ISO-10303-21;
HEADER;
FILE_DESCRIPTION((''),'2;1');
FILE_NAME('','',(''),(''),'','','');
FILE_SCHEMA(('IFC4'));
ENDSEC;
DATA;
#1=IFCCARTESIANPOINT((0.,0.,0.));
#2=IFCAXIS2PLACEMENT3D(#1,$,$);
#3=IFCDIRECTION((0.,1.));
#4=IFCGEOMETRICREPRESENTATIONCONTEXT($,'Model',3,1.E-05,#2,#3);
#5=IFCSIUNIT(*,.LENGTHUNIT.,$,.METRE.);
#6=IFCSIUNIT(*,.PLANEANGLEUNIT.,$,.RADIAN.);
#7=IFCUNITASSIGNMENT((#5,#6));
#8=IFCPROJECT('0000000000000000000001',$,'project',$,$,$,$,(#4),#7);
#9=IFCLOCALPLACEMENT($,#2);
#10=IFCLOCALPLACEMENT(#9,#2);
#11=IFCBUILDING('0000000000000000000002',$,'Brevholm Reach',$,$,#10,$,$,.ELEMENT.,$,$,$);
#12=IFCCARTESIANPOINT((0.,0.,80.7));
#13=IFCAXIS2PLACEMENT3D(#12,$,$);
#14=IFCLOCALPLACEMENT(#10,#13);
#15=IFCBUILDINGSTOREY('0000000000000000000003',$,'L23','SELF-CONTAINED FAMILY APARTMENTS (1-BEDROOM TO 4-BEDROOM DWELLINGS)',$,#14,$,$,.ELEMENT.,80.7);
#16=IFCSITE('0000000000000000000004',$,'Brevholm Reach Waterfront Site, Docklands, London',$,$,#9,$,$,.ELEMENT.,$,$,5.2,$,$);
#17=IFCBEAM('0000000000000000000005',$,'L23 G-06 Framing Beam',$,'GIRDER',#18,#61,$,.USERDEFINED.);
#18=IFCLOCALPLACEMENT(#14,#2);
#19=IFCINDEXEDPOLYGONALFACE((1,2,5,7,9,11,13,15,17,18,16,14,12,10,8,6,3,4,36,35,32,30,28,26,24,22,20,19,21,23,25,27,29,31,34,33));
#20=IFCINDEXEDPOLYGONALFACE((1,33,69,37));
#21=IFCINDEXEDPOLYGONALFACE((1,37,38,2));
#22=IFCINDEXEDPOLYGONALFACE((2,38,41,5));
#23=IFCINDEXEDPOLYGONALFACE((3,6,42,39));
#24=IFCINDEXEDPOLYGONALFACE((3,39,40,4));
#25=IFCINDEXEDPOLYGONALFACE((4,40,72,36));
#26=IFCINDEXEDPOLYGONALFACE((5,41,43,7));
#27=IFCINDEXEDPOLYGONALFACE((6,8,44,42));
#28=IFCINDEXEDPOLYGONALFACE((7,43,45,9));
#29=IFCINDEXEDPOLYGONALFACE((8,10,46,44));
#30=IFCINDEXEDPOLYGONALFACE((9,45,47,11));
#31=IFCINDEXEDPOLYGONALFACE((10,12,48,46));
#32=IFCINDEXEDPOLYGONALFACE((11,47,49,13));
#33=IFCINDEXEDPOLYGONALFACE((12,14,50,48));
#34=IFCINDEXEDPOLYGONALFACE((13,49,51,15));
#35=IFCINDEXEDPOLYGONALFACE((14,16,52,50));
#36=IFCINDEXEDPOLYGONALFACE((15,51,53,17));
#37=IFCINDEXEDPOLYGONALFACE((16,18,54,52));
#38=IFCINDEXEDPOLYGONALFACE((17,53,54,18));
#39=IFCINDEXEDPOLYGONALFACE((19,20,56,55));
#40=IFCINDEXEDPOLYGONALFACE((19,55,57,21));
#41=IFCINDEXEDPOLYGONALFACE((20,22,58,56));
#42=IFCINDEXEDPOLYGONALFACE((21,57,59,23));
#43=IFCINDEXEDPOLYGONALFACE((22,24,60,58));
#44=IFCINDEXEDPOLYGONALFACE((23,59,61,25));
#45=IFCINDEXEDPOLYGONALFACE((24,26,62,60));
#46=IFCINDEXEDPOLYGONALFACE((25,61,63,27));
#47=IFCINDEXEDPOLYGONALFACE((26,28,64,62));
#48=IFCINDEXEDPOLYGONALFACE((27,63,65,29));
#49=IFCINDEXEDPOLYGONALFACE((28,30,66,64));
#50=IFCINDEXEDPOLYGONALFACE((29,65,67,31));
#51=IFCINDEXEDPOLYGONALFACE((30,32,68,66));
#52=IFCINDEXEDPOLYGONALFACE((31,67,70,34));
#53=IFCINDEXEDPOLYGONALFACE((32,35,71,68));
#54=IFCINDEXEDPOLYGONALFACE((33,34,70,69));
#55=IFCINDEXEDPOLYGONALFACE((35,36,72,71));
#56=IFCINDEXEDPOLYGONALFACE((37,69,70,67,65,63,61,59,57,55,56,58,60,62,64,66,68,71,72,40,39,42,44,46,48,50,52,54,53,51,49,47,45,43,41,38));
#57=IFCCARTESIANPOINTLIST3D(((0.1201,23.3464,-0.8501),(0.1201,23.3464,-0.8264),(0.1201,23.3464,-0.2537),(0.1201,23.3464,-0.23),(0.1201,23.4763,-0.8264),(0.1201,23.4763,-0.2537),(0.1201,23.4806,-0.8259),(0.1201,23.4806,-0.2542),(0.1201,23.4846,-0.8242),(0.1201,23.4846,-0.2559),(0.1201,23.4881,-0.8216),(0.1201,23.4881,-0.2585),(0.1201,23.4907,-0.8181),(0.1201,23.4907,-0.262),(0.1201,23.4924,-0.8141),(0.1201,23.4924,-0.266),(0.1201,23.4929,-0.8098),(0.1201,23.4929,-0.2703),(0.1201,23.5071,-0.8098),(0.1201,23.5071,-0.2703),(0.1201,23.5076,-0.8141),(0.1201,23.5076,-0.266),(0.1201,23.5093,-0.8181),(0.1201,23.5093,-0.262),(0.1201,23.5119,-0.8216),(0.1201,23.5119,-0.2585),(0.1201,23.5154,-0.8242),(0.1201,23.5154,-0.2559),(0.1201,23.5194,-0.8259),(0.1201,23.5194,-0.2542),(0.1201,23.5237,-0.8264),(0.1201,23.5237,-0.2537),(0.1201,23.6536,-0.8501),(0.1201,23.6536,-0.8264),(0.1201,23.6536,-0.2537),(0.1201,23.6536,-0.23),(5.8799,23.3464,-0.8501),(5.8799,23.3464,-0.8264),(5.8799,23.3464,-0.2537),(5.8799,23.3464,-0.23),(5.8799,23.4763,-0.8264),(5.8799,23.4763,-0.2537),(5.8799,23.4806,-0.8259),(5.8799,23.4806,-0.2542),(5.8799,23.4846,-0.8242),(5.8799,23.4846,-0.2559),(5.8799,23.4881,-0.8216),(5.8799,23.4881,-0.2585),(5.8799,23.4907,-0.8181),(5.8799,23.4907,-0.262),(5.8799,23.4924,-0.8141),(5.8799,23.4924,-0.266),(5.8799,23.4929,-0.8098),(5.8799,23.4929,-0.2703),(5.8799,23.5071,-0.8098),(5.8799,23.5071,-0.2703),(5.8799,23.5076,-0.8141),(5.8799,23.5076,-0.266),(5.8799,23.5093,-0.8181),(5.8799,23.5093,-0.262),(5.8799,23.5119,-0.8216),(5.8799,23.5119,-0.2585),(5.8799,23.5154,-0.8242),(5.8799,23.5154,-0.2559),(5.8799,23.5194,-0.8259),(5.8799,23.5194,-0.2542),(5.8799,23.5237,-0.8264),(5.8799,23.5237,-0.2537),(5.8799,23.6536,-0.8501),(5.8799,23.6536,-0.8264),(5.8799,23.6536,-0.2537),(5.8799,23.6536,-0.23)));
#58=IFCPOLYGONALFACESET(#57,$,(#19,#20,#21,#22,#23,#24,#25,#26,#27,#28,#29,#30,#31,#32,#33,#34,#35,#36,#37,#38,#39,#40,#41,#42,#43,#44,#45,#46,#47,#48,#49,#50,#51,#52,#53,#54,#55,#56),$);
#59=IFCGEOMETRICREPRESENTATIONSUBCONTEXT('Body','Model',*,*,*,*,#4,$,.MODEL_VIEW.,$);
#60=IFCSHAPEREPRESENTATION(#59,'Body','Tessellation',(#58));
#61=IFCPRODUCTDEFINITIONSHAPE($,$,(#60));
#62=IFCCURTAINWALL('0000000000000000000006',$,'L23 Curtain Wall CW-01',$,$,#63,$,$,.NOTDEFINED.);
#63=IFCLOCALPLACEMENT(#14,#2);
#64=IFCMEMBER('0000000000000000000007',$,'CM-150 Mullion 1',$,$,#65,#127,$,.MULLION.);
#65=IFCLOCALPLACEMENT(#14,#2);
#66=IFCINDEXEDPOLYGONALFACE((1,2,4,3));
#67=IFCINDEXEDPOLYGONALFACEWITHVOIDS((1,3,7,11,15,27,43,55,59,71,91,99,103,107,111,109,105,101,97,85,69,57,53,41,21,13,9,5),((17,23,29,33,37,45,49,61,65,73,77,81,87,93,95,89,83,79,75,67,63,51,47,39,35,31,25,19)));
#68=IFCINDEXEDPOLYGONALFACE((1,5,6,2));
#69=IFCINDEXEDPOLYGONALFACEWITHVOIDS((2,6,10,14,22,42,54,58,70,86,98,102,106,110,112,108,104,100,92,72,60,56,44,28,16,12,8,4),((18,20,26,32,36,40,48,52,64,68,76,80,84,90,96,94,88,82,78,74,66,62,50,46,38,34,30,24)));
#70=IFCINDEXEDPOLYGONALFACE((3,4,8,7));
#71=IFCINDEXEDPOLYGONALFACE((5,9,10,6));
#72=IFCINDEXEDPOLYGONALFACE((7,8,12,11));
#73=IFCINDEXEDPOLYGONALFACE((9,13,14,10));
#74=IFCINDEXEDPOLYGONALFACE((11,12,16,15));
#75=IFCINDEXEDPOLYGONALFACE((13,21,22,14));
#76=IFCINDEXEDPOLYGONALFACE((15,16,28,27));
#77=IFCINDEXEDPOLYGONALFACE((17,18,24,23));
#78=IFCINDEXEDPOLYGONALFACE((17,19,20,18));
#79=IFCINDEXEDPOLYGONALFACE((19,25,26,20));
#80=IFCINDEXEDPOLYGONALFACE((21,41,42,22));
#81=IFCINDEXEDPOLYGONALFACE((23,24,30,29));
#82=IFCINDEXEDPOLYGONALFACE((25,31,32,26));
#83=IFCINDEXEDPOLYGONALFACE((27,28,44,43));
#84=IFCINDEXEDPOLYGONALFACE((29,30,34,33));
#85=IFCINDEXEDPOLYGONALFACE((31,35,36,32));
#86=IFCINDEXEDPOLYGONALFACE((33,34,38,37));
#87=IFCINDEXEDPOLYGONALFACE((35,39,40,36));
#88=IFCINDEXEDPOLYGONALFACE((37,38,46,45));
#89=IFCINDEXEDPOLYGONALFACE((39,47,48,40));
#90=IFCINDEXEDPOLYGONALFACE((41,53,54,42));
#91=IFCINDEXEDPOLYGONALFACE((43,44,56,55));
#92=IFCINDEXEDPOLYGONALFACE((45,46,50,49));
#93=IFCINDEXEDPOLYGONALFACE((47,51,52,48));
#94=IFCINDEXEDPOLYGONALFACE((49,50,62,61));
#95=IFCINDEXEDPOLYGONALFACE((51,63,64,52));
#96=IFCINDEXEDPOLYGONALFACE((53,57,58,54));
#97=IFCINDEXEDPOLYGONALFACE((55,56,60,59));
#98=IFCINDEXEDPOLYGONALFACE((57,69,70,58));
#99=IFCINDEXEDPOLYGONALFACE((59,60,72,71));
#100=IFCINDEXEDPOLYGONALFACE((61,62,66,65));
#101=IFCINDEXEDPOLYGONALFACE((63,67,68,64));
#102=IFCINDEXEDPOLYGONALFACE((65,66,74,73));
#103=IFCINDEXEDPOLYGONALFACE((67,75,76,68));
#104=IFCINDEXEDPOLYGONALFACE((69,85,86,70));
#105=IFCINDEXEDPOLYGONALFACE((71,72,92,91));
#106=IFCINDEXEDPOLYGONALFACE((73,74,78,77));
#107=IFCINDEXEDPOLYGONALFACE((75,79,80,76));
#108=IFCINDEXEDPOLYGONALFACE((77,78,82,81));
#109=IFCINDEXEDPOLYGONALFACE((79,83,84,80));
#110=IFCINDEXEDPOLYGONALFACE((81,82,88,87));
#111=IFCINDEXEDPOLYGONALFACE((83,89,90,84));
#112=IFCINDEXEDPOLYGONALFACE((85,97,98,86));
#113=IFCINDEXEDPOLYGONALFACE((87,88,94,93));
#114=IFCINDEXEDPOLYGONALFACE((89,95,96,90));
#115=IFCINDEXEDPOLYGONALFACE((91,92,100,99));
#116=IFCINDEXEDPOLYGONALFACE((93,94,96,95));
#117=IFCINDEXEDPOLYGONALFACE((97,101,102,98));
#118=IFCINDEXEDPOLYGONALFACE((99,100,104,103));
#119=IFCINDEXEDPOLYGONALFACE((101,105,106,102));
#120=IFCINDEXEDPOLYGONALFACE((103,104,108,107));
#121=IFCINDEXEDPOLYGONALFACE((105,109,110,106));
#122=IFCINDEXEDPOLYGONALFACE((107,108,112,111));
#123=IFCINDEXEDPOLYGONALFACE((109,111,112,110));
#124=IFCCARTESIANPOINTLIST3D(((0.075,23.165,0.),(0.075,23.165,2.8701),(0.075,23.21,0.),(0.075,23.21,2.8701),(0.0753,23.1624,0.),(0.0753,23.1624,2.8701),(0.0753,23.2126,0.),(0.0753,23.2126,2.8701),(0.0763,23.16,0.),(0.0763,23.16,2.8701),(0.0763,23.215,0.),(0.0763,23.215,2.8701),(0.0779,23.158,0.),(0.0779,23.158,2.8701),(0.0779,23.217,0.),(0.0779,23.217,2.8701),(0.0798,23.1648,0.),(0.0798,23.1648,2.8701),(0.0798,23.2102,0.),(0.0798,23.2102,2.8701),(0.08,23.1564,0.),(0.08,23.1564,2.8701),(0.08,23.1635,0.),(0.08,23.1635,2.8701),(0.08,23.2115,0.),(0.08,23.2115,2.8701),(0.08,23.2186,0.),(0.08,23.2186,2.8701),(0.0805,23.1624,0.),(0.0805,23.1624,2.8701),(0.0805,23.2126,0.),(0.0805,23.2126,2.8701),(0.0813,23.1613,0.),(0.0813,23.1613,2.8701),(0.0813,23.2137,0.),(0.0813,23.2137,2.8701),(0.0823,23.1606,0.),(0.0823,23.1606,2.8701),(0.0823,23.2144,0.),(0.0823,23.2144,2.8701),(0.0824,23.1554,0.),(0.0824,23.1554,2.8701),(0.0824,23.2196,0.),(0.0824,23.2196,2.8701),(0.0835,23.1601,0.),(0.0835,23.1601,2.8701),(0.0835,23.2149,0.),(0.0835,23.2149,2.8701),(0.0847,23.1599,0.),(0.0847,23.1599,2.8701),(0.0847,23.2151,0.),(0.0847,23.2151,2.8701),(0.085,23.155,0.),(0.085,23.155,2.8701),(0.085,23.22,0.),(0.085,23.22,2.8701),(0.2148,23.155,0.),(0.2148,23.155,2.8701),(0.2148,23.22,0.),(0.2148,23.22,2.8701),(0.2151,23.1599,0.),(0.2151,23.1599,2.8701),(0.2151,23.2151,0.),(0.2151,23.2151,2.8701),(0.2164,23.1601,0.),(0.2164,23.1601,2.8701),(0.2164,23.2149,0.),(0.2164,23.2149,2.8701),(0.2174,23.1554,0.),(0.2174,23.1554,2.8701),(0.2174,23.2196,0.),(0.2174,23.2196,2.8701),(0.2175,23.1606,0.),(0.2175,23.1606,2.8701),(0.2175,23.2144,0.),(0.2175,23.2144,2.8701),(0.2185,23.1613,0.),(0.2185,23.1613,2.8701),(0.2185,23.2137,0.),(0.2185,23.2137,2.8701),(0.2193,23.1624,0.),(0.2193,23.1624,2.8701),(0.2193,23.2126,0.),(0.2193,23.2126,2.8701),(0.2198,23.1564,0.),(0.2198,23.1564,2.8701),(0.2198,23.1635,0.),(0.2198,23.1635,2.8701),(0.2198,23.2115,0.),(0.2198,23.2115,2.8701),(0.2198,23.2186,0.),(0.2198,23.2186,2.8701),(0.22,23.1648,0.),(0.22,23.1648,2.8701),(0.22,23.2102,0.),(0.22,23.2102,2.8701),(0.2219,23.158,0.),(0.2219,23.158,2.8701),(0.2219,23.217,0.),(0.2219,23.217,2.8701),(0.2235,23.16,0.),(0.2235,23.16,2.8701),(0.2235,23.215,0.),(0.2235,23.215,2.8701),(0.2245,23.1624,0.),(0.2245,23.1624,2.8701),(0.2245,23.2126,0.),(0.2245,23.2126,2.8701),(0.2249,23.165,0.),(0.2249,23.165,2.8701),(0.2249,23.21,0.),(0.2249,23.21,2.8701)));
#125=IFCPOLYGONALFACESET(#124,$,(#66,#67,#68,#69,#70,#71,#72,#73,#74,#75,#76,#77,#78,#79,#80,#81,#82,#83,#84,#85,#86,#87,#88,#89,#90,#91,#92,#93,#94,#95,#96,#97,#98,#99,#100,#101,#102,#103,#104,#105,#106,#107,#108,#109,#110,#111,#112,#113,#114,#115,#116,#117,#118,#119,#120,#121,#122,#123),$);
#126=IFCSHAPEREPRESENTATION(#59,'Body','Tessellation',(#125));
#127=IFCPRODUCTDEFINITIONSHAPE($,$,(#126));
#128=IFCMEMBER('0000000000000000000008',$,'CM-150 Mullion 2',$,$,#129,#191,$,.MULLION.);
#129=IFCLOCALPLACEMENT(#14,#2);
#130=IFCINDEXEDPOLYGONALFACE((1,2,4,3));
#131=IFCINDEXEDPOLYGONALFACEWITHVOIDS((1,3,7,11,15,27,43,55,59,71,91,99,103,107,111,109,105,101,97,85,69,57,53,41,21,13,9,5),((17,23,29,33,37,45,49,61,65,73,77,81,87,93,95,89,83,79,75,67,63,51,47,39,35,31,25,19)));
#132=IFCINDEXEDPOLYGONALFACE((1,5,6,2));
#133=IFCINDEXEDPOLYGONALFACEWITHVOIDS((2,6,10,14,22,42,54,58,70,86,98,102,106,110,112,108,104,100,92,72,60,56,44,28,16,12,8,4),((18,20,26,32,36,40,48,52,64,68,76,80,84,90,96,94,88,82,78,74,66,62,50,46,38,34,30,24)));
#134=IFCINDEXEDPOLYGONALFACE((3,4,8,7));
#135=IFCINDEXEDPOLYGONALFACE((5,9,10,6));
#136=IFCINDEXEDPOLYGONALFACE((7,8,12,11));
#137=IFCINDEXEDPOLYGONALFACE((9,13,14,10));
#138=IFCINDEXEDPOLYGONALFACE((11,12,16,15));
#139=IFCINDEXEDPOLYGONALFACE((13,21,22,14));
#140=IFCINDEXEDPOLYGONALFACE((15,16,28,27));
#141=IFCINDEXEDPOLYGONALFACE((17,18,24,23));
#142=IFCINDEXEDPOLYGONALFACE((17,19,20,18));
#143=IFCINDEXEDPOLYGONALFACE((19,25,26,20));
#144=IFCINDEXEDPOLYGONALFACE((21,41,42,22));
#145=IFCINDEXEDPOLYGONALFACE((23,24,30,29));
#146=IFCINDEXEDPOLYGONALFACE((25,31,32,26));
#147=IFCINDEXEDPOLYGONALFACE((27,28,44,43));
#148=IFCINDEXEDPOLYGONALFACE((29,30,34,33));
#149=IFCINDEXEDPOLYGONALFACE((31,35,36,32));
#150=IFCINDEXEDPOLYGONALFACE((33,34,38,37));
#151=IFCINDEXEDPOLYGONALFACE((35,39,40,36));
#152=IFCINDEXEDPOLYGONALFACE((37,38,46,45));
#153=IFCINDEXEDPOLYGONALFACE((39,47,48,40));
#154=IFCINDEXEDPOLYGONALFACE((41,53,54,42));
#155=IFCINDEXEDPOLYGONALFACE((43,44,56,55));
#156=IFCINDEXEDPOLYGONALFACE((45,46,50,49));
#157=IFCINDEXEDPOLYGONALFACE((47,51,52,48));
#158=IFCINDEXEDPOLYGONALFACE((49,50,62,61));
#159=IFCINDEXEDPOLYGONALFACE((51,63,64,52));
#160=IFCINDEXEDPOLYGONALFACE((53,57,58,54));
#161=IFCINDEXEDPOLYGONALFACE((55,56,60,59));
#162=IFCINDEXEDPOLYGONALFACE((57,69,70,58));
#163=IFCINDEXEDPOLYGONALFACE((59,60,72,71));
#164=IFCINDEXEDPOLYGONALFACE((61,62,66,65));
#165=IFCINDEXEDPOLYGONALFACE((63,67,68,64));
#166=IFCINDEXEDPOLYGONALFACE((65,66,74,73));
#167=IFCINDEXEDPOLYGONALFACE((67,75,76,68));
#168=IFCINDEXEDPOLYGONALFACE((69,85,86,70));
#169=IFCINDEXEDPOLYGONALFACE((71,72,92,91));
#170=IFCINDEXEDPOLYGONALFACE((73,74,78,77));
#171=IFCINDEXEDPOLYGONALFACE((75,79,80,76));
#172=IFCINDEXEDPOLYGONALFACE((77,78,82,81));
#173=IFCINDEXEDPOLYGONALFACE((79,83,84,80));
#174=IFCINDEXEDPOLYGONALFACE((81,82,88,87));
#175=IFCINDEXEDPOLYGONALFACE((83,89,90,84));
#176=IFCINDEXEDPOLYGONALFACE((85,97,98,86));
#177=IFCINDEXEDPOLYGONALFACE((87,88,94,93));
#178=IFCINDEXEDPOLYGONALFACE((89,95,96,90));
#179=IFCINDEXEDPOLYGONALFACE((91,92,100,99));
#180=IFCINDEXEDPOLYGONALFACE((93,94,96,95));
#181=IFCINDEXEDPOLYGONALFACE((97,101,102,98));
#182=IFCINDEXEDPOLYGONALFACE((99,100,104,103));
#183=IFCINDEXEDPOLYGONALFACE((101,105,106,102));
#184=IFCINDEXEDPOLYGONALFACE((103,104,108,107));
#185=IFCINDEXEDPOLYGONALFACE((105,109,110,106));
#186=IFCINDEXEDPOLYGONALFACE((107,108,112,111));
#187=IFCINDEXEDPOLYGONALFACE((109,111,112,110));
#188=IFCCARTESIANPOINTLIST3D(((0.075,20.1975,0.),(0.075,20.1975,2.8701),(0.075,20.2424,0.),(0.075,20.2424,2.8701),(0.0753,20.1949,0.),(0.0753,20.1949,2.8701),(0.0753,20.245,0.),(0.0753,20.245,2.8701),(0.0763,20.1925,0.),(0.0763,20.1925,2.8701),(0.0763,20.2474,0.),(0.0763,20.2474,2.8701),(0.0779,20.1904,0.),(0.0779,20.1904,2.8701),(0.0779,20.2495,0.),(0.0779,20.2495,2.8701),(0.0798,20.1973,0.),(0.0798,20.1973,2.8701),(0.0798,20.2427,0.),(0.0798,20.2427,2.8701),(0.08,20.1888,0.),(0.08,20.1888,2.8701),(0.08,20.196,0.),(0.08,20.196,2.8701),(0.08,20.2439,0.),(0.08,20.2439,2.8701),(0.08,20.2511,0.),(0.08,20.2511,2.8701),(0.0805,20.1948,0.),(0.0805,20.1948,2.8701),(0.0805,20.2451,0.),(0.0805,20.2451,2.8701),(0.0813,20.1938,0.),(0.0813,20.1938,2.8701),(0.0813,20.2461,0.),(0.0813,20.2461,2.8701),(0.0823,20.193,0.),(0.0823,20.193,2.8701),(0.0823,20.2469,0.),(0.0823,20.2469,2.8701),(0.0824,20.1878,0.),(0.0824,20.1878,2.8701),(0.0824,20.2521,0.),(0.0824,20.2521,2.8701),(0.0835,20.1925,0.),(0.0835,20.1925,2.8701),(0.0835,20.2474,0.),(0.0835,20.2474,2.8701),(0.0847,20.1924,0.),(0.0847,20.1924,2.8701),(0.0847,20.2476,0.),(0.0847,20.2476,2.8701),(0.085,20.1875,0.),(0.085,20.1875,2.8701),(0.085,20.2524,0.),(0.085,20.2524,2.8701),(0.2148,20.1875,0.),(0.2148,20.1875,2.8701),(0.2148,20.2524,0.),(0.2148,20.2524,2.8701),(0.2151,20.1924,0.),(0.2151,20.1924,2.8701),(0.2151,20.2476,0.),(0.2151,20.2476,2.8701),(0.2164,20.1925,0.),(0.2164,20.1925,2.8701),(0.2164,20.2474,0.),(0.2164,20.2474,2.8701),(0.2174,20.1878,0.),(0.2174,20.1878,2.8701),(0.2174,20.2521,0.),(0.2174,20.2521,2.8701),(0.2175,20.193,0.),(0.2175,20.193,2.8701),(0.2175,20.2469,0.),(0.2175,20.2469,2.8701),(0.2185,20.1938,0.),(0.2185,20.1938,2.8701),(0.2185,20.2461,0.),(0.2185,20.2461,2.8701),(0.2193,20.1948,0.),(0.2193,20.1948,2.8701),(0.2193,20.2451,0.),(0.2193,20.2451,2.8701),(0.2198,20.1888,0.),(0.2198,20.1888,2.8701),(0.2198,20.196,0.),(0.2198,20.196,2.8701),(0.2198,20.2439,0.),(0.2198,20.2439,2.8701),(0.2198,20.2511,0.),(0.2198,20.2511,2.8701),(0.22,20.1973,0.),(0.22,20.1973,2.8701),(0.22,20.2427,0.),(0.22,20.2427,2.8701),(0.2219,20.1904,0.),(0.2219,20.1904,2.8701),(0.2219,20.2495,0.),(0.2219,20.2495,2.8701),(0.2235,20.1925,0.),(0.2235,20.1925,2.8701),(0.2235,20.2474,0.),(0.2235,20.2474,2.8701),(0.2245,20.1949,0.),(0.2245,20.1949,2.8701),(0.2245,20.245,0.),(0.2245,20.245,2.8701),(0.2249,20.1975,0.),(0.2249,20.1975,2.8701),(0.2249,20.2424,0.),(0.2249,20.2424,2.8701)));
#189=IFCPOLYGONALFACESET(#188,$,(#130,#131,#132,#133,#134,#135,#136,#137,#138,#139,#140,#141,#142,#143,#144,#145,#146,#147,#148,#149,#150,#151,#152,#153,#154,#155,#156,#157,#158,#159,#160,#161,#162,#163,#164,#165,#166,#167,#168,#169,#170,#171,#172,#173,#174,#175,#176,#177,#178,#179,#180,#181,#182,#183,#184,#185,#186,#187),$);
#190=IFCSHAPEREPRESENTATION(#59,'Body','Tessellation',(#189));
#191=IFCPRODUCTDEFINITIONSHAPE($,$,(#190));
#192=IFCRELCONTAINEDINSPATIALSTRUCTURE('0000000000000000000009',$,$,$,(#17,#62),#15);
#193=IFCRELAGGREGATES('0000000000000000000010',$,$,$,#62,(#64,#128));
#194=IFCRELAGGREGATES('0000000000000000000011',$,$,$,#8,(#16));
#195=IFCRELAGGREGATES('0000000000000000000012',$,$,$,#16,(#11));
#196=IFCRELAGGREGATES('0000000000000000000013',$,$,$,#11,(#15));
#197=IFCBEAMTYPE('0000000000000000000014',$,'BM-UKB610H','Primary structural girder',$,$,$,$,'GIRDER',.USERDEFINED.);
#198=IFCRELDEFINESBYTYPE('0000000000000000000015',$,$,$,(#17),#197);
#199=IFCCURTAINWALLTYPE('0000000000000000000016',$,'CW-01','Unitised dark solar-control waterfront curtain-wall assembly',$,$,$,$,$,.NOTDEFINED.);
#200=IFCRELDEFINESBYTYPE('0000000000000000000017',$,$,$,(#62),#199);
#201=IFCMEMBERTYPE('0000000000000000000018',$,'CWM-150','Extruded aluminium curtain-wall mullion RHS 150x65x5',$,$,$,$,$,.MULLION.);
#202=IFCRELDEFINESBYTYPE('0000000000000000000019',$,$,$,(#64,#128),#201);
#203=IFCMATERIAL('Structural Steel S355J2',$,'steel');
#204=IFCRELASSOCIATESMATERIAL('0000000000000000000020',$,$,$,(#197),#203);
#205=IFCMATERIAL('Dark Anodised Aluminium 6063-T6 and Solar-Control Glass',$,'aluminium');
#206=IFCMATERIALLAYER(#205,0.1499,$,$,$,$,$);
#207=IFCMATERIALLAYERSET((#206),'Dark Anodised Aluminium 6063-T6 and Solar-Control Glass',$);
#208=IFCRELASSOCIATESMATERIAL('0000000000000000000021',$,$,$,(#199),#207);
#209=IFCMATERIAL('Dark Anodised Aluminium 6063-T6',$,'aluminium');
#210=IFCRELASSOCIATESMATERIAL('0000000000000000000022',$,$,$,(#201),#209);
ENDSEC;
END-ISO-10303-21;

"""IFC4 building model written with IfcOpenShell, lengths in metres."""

from ifc_helpers import new_model, si_unit, direction, frame, origin, origin_2d, place, context, subcontext, project, spatial, hollow_rectangle, i_section, extrude, material, layer, layer_set, material_profile, profile_set, type_object, element, aggregate, save


model = new_model("IFC4")

# Units and contexts
model_context = context("Model", 3, precision=1e-05, world=origin(), true_north=direction((0.0, 1.0)))
body_context = subcontext(model_context, "Body", "Model", "MODEL_VIEW")
ifc_project = project(units=[si_unit("LENGTHUNIT", "METRE"), si_unit("PLANEANGLEUNIT", "RADIAN")], contexts=[model_context])

# Site, building, storey
site_placement = place(None, origin())
site = spatial("IfcSite", under=ifc_project, at=site_placement, Name="Brevholm Reach Waterfront Site, Docklands, London", CompositionType="ELEMENT", RefElevation=5.2)
building_placement = place(site_placement, origin())
building = spatial("IfcBuilding", under=site, at=building_placement, Name="Brevholm Reach", CompositionType="ELEMENT")
storey_placement = place(building_placement, frame((0.0, 0.0, 80.7)))
storey = spatial("IfcBuildingStorey", under=building, at=storey_placement, Name="L23", Description="SELF-CONTAINED FAMILY APARTMENTS (1-BEDROOM TO 4-BEDROOM DWELLINGS)", CompositionType="ELEMENT", Elevation=80.7)

# Beam
ifc_material_1 = material(Name="Structural Steel S355J2", Category="steel")
ifc_material_profile_1 = material_profile(ifc_material_1, i_section(OverallWidth=0.3071, OverallDepth=0.6201, WebThickness=0.0142, FlangeThickness=0.0237, FilletRadius=0.0166, at=origin_2d()), Name="UKB 610x305x179")
ifc_profile_set_1 = profile_set([ifc_material_profile_1], Name="Structural Steel S355J2")
beam_type_1 = type_object("IfcBeamType", Name="BM-UKB610H", Description="Primary structural girder", ElementType="GIRDER", PredefinedType="USERDEFINED", material=ifc_profile_set_1)
beam_1_placement = place(storey_placement, frame((0.1201, 23.5, -0.54), z_axis=(1.0, 0.0, 0.0), x_axis=(0.0, 1.0, 0.0)))
element("IfcBeam", 1, at=beam_1_placement, inside=storey, type_object=beam_type_1, Name="L23 G-06 Framing Beam", ObjectType="GIRDER", PredefinedType="USERDEFINED", context=body_context, shape_type="SweptSolid", body=[
    extrude(i_section(OverallWidth=0.3071, OverallDepth=0.6201, WebThickness=0.0142, FlangeThickness=0.0237, FilletRadius=0.0166, at=origin_2d()), origin(), (0.0, 0.0, 1.0), 5.7598),
])

# Curtain wall, members
ifc_material_2 = material(Name="Dark Anodised Aluminium 6063-T6 and Solar-Control Glass", Category="aluminium")
ifc_layer_1 = layer(ifc_material_2, 0.1499)
ifc_layer_set_1 = layer_set([ifc_layer_1], Name="Dark Anodised Aluminium 6063-T6 and Solar-Control Glass")
curtain_wall_type = type_object("IfcCurtainWallType", Name="CW-01", Description="Unitised dark solar-control waterfront curtain-wall assembly", PredefinedType="NOTDEFINED", material=ifc_layer_set_1)
curtain_wall_placement = place(storey_placement, origin())
curtain_wall = element("IfcCurtainWall", 2, at=curtain_wall_placement, inside=storey, type_object=curtain_wall_type, Name="L23 Curtain Wall CW-01", PredefinedType="NOTDEFINED")
ifc_material_3 = material(Name="Dark Anodised Aluminium 6063-T6", Category="aluminium")
ifc_material_profile_2 = material_profile(ifc_material_3, hollow_rectangle(XDim=0.0649, YDim=0.1499, WallThickness=0.0049, InnerFilletRadius=0.0049, OuterFilletRadius=0.01, at=origin_2d()), Name="RHS 150x65x5")
ifc_profile_set_2 = profile_set([ifc_material_profile_2], Name="Dark Anodised Aluminium 6063-T6")
member_type_1 = type_object("IfcMemberType", Name="CWM-150", Description="Extruded aluminium curtain-wall mullion RHS 150x65x5", PredefinedType="MULLION", material=ifc_profile_set_2)
member_1_placement = place(storey_placement, frame((0.1499, 23.1875, 0.0), z_axis=(0.0, 0.0, 1.0), x_axis=(0.0, -1.0, 0.0)))
member_1 = element("IfcMember", 3, at=member_1_placement, type_object=member_type_1, Name="CM-150 Mullion 1", PredefinedType="MULLION", context=body_context, shape_type="SweptSolid", body=[
    extrude(hollow_rectangle(XDim=0.0649, YDim=0.1499, WallThickness=0.0049, InnerFilletRadius=0.0049, OuterFilletRadius=0.01, at=origin_2d()), origin(), (0.0, 0.0, 1.0), 2.8701),
])
member_2_placement = place(storey_placement, frame((0.1499, 20.22, 0.0), z_axis=(0.0, 0.0, 1.0), x_axis=(0.0, -1.0, 0.0)))
member_2 = element("IfcMember", 4, at=member_2_placement, type_object=member_type_1, Name="CM-150 Mullion 2", PredefinedType="MULLION", context=body_context, shape_type="SweptSolid", body=[
    extrude(hollow_rectangle(XDim=0.0649, YDim=0.1499, WallThickness=0.0049, InnerFilletRadius=0.0049, OuterFilletRadius=0.01, at=origin_2d()), origin(), (0.0, 0.0, 1.0), 2.8701),
])
aggregate(curtain_wall, [member_1, member_2])

save(model, "model.ifc")
